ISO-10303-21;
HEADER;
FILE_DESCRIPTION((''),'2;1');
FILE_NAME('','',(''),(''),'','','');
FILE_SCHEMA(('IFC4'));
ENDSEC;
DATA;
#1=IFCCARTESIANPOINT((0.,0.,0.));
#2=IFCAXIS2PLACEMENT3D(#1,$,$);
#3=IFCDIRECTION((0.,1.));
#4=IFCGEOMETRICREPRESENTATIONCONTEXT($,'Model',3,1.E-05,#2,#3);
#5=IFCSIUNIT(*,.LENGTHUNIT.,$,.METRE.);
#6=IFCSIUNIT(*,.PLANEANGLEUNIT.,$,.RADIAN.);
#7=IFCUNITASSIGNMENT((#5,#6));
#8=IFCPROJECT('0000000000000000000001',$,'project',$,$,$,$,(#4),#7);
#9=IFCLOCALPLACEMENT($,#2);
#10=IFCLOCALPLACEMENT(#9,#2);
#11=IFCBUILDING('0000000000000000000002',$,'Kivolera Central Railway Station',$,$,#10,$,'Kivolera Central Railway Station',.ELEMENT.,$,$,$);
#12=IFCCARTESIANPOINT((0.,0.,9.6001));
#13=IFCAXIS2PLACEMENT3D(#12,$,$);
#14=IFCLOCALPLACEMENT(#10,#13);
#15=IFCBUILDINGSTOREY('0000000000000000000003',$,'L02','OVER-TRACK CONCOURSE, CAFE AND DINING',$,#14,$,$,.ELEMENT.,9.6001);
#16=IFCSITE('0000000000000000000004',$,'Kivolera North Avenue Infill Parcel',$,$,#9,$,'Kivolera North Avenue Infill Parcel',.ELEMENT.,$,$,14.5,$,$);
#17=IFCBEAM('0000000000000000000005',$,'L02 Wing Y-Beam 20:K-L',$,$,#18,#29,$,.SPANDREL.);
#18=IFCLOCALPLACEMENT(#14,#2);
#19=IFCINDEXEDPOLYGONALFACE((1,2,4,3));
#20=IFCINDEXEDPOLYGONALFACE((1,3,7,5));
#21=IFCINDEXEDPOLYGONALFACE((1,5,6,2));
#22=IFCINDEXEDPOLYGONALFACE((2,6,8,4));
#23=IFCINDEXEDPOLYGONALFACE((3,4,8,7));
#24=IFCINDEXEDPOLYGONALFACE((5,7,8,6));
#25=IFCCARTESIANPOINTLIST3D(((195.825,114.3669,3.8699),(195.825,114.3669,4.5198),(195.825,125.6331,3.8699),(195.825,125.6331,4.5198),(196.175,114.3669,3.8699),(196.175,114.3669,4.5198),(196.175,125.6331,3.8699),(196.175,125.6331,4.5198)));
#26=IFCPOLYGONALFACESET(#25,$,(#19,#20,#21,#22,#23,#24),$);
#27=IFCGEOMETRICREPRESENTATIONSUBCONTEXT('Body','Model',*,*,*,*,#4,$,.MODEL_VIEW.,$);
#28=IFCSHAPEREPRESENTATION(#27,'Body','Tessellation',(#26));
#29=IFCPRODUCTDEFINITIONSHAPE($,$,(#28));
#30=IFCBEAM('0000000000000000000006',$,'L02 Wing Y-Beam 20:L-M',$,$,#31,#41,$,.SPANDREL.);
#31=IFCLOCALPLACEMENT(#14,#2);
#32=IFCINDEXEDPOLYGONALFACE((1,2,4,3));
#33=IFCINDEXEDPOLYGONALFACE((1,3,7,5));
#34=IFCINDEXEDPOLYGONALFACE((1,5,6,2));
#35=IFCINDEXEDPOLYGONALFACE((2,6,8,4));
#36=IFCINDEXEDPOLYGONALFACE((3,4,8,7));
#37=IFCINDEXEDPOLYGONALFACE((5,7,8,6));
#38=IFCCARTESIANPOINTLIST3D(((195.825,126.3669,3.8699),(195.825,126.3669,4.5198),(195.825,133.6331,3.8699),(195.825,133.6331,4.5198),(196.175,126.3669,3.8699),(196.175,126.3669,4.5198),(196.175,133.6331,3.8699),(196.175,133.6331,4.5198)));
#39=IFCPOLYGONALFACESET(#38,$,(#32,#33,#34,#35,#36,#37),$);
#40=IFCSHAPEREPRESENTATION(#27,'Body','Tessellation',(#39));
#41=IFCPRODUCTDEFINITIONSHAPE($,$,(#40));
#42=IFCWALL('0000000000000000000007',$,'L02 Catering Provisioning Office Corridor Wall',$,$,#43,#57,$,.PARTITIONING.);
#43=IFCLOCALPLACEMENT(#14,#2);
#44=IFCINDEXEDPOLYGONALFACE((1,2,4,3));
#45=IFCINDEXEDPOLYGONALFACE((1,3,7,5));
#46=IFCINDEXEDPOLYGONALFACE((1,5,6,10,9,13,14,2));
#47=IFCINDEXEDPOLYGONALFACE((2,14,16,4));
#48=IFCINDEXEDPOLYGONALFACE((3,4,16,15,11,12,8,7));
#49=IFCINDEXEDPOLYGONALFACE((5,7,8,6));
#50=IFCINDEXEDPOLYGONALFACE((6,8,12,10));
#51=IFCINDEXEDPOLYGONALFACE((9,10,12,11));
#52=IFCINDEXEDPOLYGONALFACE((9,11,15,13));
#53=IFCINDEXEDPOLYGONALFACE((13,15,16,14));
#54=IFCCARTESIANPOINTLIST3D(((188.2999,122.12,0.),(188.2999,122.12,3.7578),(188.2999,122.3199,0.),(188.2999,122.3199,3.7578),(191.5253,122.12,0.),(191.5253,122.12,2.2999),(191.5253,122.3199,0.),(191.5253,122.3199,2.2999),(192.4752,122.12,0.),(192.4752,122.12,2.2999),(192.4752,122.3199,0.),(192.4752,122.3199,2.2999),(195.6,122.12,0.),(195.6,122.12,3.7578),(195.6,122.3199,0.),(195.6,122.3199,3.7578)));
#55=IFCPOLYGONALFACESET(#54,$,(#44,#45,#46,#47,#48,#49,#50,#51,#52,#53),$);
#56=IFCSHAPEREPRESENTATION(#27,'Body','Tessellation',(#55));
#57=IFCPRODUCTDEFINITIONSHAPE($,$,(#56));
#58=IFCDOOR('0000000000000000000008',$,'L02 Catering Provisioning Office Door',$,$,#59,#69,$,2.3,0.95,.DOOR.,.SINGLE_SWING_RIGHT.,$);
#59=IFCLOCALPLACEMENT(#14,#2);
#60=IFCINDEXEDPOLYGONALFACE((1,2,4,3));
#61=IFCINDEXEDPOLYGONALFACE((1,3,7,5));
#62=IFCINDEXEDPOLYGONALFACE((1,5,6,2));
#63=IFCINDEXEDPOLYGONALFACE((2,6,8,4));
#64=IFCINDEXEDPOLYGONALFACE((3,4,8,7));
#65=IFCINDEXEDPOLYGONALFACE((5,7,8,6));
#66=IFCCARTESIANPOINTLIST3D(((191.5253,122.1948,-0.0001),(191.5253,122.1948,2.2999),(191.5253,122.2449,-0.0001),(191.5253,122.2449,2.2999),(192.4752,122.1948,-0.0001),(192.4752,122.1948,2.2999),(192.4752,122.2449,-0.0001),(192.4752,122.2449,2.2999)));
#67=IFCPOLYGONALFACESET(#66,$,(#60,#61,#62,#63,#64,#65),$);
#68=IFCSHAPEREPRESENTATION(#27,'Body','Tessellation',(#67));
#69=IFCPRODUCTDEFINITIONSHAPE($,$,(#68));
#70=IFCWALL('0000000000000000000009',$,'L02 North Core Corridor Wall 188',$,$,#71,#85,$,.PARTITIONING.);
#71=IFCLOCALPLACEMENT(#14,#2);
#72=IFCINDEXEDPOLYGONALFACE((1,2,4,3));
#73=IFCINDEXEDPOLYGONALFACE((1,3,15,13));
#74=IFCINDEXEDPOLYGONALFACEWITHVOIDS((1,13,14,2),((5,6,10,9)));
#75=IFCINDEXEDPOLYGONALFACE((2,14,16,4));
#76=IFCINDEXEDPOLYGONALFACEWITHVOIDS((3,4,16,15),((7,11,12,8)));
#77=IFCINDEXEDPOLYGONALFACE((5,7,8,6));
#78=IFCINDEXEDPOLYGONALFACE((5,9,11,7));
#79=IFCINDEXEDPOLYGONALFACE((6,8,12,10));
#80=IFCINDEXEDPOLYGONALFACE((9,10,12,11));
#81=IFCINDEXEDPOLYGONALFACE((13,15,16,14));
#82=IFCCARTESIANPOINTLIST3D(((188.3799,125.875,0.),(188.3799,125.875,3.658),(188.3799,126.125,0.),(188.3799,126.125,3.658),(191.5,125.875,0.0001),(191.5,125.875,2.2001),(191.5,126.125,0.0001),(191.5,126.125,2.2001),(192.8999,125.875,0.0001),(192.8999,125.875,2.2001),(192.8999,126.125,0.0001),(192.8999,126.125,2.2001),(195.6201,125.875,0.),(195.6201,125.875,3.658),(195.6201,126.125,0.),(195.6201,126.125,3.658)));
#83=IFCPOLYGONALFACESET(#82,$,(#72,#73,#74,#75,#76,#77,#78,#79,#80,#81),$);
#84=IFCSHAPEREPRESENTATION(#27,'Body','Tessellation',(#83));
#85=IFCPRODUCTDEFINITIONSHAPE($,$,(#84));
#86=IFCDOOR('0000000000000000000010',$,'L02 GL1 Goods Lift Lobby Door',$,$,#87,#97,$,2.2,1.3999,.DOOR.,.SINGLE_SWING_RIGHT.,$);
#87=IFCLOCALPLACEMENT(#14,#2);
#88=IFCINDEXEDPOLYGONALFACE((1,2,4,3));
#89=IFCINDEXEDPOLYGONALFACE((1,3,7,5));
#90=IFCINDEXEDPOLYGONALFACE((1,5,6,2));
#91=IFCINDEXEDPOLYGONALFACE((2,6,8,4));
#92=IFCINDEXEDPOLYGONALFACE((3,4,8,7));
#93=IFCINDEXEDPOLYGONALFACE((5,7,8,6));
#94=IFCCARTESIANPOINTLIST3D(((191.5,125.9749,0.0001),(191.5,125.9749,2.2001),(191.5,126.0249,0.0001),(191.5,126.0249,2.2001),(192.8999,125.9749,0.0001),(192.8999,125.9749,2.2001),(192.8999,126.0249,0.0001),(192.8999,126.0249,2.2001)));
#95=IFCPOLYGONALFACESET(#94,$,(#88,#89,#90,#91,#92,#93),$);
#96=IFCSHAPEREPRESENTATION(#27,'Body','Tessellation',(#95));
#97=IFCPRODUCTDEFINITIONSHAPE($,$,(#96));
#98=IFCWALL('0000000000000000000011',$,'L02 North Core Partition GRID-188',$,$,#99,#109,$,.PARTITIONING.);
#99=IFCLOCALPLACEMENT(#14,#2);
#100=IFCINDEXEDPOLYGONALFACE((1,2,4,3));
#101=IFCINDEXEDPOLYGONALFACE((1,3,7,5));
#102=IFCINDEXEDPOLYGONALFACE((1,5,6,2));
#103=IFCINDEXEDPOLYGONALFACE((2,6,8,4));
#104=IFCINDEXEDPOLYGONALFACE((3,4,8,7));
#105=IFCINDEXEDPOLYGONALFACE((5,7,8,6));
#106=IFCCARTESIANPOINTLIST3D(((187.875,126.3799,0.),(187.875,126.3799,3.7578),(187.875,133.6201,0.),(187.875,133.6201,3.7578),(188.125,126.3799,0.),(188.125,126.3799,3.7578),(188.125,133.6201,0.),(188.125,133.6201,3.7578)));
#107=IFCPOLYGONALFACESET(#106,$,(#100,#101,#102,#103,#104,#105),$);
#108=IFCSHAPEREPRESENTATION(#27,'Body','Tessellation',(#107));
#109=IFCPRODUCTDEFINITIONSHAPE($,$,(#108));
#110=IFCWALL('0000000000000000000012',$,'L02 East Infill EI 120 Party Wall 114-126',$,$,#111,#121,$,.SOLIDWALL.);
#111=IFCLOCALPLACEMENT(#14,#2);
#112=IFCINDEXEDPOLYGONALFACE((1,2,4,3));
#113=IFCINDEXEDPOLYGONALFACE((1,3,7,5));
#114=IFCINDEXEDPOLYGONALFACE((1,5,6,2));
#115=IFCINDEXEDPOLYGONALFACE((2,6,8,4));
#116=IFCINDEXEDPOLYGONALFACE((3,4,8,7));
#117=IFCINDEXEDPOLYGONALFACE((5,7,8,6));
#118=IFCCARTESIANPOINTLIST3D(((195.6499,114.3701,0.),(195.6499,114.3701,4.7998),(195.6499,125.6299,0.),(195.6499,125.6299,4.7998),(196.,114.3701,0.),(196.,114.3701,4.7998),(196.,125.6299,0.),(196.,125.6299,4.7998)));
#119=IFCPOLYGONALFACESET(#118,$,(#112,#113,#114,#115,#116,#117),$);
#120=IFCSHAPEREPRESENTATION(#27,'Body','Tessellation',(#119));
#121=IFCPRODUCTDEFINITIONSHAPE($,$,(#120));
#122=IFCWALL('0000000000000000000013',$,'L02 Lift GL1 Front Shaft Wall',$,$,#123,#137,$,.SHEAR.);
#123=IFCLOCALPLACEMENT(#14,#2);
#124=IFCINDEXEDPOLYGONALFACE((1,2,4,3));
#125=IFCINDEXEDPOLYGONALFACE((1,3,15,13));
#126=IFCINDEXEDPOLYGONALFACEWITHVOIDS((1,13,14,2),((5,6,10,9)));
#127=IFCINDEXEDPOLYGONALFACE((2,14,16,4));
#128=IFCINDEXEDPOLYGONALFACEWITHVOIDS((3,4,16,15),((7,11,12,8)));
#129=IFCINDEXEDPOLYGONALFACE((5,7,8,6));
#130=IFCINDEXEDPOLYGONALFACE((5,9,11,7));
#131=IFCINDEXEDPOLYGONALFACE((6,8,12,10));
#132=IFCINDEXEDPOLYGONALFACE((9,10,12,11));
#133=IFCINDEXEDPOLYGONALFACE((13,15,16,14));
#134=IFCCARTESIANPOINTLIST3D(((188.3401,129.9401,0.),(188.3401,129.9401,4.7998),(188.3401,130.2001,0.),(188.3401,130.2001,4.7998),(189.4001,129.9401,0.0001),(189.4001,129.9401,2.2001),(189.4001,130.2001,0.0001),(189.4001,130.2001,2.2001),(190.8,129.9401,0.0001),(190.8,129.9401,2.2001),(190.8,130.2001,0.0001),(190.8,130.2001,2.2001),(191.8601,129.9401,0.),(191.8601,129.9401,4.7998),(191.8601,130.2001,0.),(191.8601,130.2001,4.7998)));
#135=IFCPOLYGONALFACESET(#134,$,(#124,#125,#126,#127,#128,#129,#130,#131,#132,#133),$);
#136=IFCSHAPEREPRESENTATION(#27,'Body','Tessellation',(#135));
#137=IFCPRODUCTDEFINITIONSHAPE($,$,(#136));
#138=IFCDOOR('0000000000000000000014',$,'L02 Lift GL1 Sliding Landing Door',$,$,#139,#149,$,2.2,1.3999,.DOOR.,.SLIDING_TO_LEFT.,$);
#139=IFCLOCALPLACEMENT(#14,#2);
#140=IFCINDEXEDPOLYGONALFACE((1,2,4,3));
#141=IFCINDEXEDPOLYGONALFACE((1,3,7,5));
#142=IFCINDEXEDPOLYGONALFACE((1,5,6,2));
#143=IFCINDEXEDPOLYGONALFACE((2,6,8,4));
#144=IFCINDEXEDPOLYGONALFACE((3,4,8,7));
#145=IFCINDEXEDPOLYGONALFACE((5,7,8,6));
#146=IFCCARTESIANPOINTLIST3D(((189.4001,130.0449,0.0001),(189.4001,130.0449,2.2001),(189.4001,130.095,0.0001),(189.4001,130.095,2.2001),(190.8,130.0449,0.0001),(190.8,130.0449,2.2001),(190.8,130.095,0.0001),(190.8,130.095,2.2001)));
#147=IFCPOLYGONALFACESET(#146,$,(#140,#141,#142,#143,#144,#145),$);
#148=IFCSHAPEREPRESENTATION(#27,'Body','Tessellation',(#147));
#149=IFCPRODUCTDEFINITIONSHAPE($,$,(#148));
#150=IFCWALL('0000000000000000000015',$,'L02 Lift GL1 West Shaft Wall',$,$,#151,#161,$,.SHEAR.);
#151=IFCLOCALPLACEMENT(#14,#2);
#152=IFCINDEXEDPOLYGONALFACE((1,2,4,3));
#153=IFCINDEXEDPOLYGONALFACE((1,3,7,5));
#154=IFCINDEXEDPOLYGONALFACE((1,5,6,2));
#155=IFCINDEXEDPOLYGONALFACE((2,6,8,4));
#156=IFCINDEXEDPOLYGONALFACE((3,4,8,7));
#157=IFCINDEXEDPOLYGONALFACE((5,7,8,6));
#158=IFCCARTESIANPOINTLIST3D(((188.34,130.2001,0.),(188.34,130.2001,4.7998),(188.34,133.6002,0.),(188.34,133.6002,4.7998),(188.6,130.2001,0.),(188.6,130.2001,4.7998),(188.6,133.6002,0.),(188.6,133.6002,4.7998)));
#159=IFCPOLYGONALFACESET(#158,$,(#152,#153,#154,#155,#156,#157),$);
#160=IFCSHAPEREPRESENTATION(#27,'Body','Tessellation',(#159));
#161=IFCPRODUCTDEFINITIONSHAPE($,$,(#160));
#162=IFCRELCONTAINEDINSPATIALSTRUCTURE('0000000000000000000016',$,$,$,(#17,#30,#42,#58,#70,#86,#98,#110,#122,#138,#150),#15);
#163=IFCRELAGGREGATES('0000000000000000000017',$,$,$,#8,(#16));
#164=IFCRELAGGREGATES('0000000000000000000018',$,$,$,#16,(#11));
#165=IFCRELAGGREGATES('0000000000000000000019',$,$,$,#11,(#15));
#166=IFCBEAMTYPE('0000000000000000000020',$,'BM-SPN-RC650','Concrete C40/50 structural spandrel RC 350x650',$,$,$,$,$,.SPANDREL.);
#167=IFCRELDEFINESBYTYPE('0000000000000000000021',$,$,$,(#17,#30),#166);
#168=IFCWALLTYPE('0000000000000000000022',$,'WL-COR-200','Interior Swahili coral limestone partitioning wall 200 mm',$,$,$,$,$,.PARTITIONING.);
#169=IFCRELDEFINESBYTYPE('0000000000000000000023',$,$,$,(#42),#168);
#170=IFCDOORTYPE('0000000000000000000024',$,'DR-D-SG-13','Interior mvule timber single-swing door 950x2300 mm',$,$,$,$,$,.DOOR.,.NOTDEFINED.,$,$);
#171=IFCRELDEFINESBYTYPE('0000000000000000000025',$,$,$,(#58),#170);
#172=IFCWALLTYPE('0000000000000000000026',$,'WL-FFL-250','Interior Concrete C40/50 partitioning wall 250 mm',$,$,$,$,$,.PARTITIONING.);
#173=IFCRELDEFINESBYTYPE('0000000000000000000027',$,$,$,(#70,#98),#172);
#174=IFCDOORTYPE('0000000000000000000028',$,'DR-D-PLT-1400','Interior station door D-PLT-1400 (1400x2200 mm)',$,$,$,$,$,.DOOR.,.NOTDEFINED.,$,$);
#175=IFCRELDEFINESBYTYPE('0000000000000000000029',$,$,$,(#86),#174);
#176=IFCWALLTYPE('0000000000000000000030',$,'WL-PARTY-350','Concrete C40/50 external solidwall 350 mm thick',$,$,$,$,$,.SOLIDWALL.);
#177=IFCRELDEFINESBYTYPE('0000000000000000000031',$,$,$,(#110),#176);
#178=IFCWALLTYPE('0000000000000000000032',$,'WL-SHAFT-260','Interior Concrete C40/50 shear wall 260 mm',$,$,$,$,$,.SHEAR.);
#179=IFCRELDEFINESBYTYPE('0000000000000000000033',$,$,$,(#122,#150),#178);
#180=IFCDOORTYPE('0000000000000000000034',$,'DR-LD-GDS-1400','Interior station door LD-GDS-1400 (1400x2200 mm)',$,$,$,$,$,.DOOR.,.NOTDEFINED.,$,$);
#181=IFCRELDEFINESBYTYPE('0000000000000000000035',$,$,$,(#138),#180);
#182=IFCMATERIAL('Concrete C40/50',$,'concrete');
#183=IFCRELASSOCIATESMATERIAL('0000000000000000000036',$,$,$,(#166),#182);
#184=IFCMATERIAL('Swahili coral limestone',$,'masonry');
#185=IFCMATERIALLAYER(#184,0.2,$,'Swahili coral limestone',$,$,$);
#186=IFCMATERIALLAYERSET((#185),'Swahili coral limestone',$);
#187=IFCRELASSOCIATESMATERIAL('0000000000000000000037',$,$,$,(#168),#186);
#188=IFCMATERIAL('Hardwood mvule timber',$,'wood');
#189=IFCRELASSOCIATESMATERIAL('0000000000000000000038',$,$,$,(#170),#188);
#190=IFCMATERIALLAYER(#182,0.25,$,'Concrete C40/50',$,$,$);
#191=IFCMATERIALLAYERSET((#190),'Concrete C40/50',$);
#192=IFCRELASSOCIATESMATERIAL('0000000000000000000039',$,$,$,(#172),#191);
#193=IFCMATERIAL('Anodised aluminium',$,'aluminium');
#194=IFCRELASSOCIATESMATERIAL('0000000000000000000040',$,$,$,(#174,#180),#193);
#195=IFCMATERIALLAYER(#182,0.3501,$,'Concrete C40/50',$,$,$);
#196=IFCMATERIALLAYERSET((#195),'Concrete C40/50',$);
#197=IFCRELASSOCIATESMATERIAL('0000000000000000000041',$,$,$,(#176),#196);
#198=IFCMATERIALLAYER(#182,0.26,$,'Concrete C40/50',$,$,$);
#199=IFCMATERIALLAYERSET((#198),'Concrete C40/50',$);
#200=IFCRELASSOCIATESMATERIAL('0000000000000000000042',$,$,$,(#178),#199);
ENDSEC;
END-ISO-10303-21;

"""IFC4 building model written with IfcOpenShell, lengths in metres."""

from ifc_helpers import new_model, si_unit, direction, frame, frame_2d, origin, origin_2d, place, context, subcontext, project, spatial, rectangle, extrude, material, layer, layer_set, material_profile, profile_set, type_object, element, fill, save


model = new_model("IFC4")

# Units and contexts
model_context = context("Model", 3, precision=1e-05, world=origin(), true_north=direction((0.0, 1.0)))
body_context = subcontext(model_context, "Body", "Model", "MODEL_VIEW")
ifc_project = project(units=[si_unit("LENGTHUNIT", "METRE"), si_unit("PLANEANGLEUNIT", "RADIAN")], contexts=[model_context])

# Site, building, storey
site_placement = place(None, origin())
site = spatial("IfcSite", under=ifc_project, at=site_placement, Name="Kivolera North Avenue Infill Parcel", LongName="Kivolera North Avenue Infill Parcel", CompositionType="ELEMENT", RefElevation=14.5)
building_placement = place(site_placement, origin())
building = spatial("IfcBuilding", under=site, at=building_placement, Name="Kivolera Central Railway Station", LongName="Kivolera Central Railway Station", CompositionType="ELEMENT")
storey_placement = place(building_placement, frame((0.0, 0.0, 9.6001)))
storey = spatial("IfcBuildingStorey", under=building, at=storey_placement, Name="L02", Description="OVER-TRACK CONCOURSE, CAFE AND DINING", CompositionType="ELEMENT", Elevation=9.6001)

# Shared definitions
ifc_material_1 = material(Name="Concrete C40/50", Category="concrete")

# Beams
ifc_material_profile_1 = material_profile(ifc_material_1, rectangle(XDim=0.3501, YDim=0.6499, at=origin_2d()), Name="RC 350x650")
ifc_profile_set_1 = profile_set([ifc_material_profile_1], Name="Concrete C40/50")
beam_type_1 = type_object("IfcBeamType", Name="BM-SPN-RC650", Description="Concrete C40/50 structural spandrel RC 350x650", PredefinedType="SPANDREL", material=ifc_profile_set_1)
beam_1_placement = place(storey_placement, frame((196.0, 114.3669, 4.1948), z_axis=(0.0, 1.0, 0.0), x_axis=(-1.0, 0.0, 0.0)))
element("IfcBeam", 1, at=beam_1_placement, inside=storey, type_object=beam_type_1, Name="L02 Wing Y-Beam 20:K-L", PredefinedType="SPANDREL", context=body_context, shape_type="SweptSolid", body=[
    extrude(rectangle(XDim=0.3501, YDim=0.6499, at=origin_2d()), origin(), (0.0, 0.0, 1.0), 11.2661),
])
beam_2_placement = place(storey_placement, frame((196.0, 126.3669, 4.1948), z_axis=(0.0, 1.0, 0.0), x_axis=(-1.0, 0.0, 0.0)))
element("IfcBeam", 2, at=beam_2_placement, inside=storey, type_object=beam_type_1, Name="L02 Wing Y-Beam 20:L-M", PredefinedType="SPANDREL", context=body_context, shape_type="SweptSolid", body=[
    extrude(rectangle(XDim=0.3501, YDim=0.6499, at=origin_2d()), origin(), (0.0, 0.0, 1.0), 7.2661),
])

# Walls, openings, doors
ifc_material_2 = material(Name="Swahili coral limestone", Category="masonry")
ifc_layer_1 = layer(ifc_material_2, 0.2, Name="Swahili coral limestone")
ifc_layer_set_1 = layer_set([ifc_layer_1], Name="Swahili coral limestone")
wall_type_1 = type_object("IfcWallType", Name="WL-COR-200", Description="Interior Swahili coral limestone partitioning wall 200 mm", PredefinedType="PARTITIONING", material=ifc_layer_set_1)
wall_1_placement = place(storey_placement, frame((188.3, 122.22, 0.0), z_axis=(0.0, 0.0, 1.0), x_axis=(1.0, 0.0, 0.0)))
wall_1 = element("IfcWall", 3, at=wall_1_placement, inside=storey, type_object=wall_type_1, Name="L02 Catering Provisioning Office Corridor Wall", PredefinedType="PARTITIONING", context=body_context, shape_type="SweptSolid", body=[
    extrude(rectangle(XDim=7.3, YDim=0.2, at=frame_2d((3.6499, 0.0))), origin(), (0.0, 0.0, 1.0), 3.7578),
])
opening_1_placement = place(wall_1_placement, frame((3.2251, 0.0, 0.0)))
opening_1 = element("IfcOpeningElement", 4, at=opening_1_placement, cuts=wall_1, PredefinedType="OPENING", context=body_context, shape_type="SweptSolid", body=[
    extrude(rectangle(XDim=0.95, YDim=2.3, at=frame_2d((0.4751, 1.1499))), frame((0.0, 0.1099, 0.0), z_axis=(0.0, -1.0, 0.0), x_axis=(1.0, 0.0, 0.0)), (0.0, 0.0, 1.0), 0.22),
])
ifc_material_3 = material(Name="Hardwood mvule timber", Category="wood")
door_type_1 = type_object("IfcDoorType", Name="DR-D-SG-13", Description="Interior mvule timber single-swing door 950x2300 mm", OperationType="NOTDEFINED", PredefinedType="DOOR", material=ifc_material_3)
door_1_placement = place(opening_1_placement, origin())
door_1 = element("IfcDoor", 5, at=door_1_placement, inside=storey, type_object=door_type_1, Name="L02 Catering Provisioning Office Door", OperationType="SINGLE_SWING_RIGHT", OverallHeight=2.3, OverallWidth=0.95, PredefinedType="DOOR", context=body_context, shape_type="SweptSolid", body=[
    extrude(rectangle(XDim=0.95, YDim=2.3, at=frame_2d((0.4751, 1.1499))), frame((0.0, 0.0249, 0.0), z_axis=(0.0, -1.0, 0.0), x_axis=(1.0, 0.0, 0.0)), (0.0, 0.0, 1.0), 0.05),
])
fill(opening_1, door_1)
ifc_layer_2 = layer(ifc_material_1, 0.25, Name="Concrete C40/50")
ifc_layer_set_2 = layer_set([ifc_layer_2], Name="Concrete C40/50")
wall_type_2 = type_object("IfcWallType", Name="WL-FFL-250", Description="Interior Concrete C40/50 partitioning wall 250 mm", PredefinedType="PARTITIONING", material=ifc_layer_set_2)
wall_2_placement = place(storey_placement, frame((188.3799, 126.0, 0.0), z_axis=(0.0, 0.0, 1.0), x_axis=(1.0, 0.0, 0.0)))
wall_2 = element("IfcWall", 6, at=wall_2_placement, inside=storey, type_object=wall_type_2, Name="L02 North Core Corridor Wall 188", PredefinedType="PARTITIONING", context=body_context, shape_type="SweptSolid", body=[
    extrude(rectangle(XDim=7.2402, YDim=0.25, at=frame_2d((3.6201, 0.0))), origin(), (0.0, 0.0, 1.0), 3.658),
])
opening_2_placement = place(wall_2_placement, frame((3.1201, 0.0, 0.0)))
opening_2 = element("IfcOpeningElement", 7, at=opening_2_placement, cuts=wall_2, PredefinedType="OPENING", context=body_context, shape_type="SweptSolid", body=[
    extrude(rectangle(XDim=1.3999, YDim=2.2, at=frame_2d((0.7, 1.1001))), frame((0.0, 0.135, 0.0), z_axis=(0.0, -1.0, 0.0), x_axis=(1.0, 0.0, 0.0)), (0.0, 0.0, 1.0), 0.27),
])
ifc_material_4 = material(Name="Anodised aluminium", Category="aluminium")
door_type_2 = type_object("IfcDoorType", Name="DR-D-PLT-1400", Description="Interior station door D-PLT-1400 (1400x2200 mm)", OperationType="NOTDEFINED", PredefinedType="DOOR", material=ifc_material_4)
door_2_placement = place(opening_2_placement, origin())
door_2 = element("IfcDoor", 8, at=door_2_placement, inside=storey, type_object=door_type_2, Name="L02 GL1 Goods Lift Lobby Door", OperationType="SINGLE_SWING_RIGHT", OverallHeight=2.2, OverallWidth=1.3999, PredefinedType="DOOR", context=body_context, shape_type="SweptSolid", body=[
    extrude(rectangle(XDim=1.3999, YDim=2.2, at=frame_2d((0.7, 1.1001))), frame((0.0, 0.0249, 0.0), z_axis=(0.0, -1.0, 0.0), x_axis=(1.0, 0.0, 0.0)), (0.0, 0.0, 1.0), 0.05),
])
fill(opening_2, door_2)

# Walls
wall_3_placement = place(storey_placement, frame((188.0, 126.3799, 0.0), z_axis=(0.0, 0.0, 1.0), x_axis=(0.0, 1.0, 0.0)))
element("IfcWall", 9, at=wall_3_placement, inside=storey, type_object=wall_type_2, Name="L02 North Core Partition GRID-188", PredefinedType="PARTITIONING", context=body_context, shape_type="SweptSolid", body=[
    extrude(rectangle(XDim=7.2402, YDim=0.25, at=frame_2d((3.6201, 0.0))), origin(), (0.0, 0.0, 1.0), 3.7578),
])
ifc_layer_3 = layer(ifc_material_1, 0.3501, Name="Concrete C40/50")
ifc_layer_set_3 = layer_set([ifc_layer_3], Name="Concrete C40/50")
wall_type_3 = type_object("IfcWallType", Name="WL-PARTY-350", Description="Concrete C40/50 external solidwall 350 mm thick", PredefinedType="SOLIDWALL", material=ifc_layer_set_3)
wall_4_placement = place(storey_placement, frame((195.825, 125.6299, 0.0), z_axis=(0.0, 0.0, 1.0), x_axis=(0.0, -1.0, 0.0)))
element("IfcWall", 10, at=wall_4_placement, inside=storey, type_object=wall_type_3, Name="L02 East Infill EI 120 Party Wall 114-126", PredefinedType="SOLIDWALL", context=body_context, shape_type="SweptSolid", body=[
    extrude(rectangle(XDim=11.2598, YDim=0.3501, at=frame_2d((5.6299, 0.0))), origin(), (0.0, 0.0, 1.0), 4.7998),
])

# Wall, opening, door
ifc_layer_4 = layer(ifc_material_1, 0.26, Name="Concrete C40/50")
ifc_layer_set_4 = layer_set([ifc_layer_4], Name="Concrete C40/50")
wall_type_4 = type_object("IfcWallType", Name="WL-SHAFT-260", Description="Interior Concrete C40/50 shear wall 260 mm", PredefinedType="SHEAR", material=ifc_layer_set_4)
wall_5_placement = place(storey_placement, frame((188.3401, 130.0701, 0.0), z_axis=(0.0, 0.0, 1.0), x_axis=(1.0, 0.0, 0.0)))
wall_5 = element("IfcWall", 11, at=wall_5_placement, inside=storey, type_object=wall_type_4, Name="L02 Lift GL1 Front Shaft Wall", PredefinedType="SHEAR", context=body_context, shape_type="SweptSolid", body=[
    extrude(rectangle(XDim=3.52, YDim=0.26, at=frame_2d((1.76, 0.0))), origin(), (0.0, 0.0, 1.0), 4.7998),
])
opening_3_placement = place(wall_5_placement, frame((1.0601, 0.0, 0.0)))
opening_3 = element("IfcOpeningElement", 12, at=opening_3_placement, cuts=wall_5, PredefinedType="OPENING", context=body_context, shape_type="SweptSolid", body=[
    extrude(rectangle(XDim=1.3999, YDim=2.2, at=frame_2d((0.7, 1.1001))), frame((0.0, 0.1399, 0.0), z_axis=(0.0, -1.0, 0.0), x_axis=(1.0, 0.0, 0.0)), (0.0, 0.0, 1.0), 0.28),
])
door_type_3 = type_object("IfcDoorType", Name="DR-LD-GDS-1400", Description="Interior station door LD-GDS-1400 (1400x2200 mm)", OperationType="NOTDEFINED", PredefinedType="DOOR", material=ifc_material_4)
door_3_placement = place(opening_3_placement, origin())
door_3 = element("IfcDoor", 13, at=door_3_placement, inside=storey, type_object=door_type_3, Name="L02 Lift GL1 Sliding Landing Door", OperationType="SLIDING_TO_LEFT", OverallHeight=2.2, OverallWidth=1.3999, PredefinedType="DOOR", context=body_context, shape_type="SweptSolid", body=[
    extrude(rectangle(XDim=1.3999, YDim=2.2, at=frame_2d((0.7, 1.1001))), frame((0.0, 0.0249, 0.0), z_axis=(0.0, -1.0, 0.0), x_axis=(1.0, 0.0, 0.0)), (0.0, 0.0, 1.0), 0.05),
])
fill(opening_3, door_3)

# Wall
wall_6_placement = place(storey_placement, frame((188.47, 130.2, 0.0), z_axis=(0.0, 0.0, 1.0), x_axis=(0.0, 1.0, 0.0)))
element("IfcWall", 14, at=wall_6_placement, inside=storey, type_object=wall_type_4, Name="L02 Lift GL1 West Shaft Wall", PredefinedType="SHEAR", context=body_context, shape_type="SweptSolid", body=[
    extrude(rectangle(XDim=3.4001, YDim=0.26, at=frame_2d((1.7002, 0.0))), origin(), (0.0, 0.0, 1.0), 4.7998),
])

save(model, "model.ifc")
